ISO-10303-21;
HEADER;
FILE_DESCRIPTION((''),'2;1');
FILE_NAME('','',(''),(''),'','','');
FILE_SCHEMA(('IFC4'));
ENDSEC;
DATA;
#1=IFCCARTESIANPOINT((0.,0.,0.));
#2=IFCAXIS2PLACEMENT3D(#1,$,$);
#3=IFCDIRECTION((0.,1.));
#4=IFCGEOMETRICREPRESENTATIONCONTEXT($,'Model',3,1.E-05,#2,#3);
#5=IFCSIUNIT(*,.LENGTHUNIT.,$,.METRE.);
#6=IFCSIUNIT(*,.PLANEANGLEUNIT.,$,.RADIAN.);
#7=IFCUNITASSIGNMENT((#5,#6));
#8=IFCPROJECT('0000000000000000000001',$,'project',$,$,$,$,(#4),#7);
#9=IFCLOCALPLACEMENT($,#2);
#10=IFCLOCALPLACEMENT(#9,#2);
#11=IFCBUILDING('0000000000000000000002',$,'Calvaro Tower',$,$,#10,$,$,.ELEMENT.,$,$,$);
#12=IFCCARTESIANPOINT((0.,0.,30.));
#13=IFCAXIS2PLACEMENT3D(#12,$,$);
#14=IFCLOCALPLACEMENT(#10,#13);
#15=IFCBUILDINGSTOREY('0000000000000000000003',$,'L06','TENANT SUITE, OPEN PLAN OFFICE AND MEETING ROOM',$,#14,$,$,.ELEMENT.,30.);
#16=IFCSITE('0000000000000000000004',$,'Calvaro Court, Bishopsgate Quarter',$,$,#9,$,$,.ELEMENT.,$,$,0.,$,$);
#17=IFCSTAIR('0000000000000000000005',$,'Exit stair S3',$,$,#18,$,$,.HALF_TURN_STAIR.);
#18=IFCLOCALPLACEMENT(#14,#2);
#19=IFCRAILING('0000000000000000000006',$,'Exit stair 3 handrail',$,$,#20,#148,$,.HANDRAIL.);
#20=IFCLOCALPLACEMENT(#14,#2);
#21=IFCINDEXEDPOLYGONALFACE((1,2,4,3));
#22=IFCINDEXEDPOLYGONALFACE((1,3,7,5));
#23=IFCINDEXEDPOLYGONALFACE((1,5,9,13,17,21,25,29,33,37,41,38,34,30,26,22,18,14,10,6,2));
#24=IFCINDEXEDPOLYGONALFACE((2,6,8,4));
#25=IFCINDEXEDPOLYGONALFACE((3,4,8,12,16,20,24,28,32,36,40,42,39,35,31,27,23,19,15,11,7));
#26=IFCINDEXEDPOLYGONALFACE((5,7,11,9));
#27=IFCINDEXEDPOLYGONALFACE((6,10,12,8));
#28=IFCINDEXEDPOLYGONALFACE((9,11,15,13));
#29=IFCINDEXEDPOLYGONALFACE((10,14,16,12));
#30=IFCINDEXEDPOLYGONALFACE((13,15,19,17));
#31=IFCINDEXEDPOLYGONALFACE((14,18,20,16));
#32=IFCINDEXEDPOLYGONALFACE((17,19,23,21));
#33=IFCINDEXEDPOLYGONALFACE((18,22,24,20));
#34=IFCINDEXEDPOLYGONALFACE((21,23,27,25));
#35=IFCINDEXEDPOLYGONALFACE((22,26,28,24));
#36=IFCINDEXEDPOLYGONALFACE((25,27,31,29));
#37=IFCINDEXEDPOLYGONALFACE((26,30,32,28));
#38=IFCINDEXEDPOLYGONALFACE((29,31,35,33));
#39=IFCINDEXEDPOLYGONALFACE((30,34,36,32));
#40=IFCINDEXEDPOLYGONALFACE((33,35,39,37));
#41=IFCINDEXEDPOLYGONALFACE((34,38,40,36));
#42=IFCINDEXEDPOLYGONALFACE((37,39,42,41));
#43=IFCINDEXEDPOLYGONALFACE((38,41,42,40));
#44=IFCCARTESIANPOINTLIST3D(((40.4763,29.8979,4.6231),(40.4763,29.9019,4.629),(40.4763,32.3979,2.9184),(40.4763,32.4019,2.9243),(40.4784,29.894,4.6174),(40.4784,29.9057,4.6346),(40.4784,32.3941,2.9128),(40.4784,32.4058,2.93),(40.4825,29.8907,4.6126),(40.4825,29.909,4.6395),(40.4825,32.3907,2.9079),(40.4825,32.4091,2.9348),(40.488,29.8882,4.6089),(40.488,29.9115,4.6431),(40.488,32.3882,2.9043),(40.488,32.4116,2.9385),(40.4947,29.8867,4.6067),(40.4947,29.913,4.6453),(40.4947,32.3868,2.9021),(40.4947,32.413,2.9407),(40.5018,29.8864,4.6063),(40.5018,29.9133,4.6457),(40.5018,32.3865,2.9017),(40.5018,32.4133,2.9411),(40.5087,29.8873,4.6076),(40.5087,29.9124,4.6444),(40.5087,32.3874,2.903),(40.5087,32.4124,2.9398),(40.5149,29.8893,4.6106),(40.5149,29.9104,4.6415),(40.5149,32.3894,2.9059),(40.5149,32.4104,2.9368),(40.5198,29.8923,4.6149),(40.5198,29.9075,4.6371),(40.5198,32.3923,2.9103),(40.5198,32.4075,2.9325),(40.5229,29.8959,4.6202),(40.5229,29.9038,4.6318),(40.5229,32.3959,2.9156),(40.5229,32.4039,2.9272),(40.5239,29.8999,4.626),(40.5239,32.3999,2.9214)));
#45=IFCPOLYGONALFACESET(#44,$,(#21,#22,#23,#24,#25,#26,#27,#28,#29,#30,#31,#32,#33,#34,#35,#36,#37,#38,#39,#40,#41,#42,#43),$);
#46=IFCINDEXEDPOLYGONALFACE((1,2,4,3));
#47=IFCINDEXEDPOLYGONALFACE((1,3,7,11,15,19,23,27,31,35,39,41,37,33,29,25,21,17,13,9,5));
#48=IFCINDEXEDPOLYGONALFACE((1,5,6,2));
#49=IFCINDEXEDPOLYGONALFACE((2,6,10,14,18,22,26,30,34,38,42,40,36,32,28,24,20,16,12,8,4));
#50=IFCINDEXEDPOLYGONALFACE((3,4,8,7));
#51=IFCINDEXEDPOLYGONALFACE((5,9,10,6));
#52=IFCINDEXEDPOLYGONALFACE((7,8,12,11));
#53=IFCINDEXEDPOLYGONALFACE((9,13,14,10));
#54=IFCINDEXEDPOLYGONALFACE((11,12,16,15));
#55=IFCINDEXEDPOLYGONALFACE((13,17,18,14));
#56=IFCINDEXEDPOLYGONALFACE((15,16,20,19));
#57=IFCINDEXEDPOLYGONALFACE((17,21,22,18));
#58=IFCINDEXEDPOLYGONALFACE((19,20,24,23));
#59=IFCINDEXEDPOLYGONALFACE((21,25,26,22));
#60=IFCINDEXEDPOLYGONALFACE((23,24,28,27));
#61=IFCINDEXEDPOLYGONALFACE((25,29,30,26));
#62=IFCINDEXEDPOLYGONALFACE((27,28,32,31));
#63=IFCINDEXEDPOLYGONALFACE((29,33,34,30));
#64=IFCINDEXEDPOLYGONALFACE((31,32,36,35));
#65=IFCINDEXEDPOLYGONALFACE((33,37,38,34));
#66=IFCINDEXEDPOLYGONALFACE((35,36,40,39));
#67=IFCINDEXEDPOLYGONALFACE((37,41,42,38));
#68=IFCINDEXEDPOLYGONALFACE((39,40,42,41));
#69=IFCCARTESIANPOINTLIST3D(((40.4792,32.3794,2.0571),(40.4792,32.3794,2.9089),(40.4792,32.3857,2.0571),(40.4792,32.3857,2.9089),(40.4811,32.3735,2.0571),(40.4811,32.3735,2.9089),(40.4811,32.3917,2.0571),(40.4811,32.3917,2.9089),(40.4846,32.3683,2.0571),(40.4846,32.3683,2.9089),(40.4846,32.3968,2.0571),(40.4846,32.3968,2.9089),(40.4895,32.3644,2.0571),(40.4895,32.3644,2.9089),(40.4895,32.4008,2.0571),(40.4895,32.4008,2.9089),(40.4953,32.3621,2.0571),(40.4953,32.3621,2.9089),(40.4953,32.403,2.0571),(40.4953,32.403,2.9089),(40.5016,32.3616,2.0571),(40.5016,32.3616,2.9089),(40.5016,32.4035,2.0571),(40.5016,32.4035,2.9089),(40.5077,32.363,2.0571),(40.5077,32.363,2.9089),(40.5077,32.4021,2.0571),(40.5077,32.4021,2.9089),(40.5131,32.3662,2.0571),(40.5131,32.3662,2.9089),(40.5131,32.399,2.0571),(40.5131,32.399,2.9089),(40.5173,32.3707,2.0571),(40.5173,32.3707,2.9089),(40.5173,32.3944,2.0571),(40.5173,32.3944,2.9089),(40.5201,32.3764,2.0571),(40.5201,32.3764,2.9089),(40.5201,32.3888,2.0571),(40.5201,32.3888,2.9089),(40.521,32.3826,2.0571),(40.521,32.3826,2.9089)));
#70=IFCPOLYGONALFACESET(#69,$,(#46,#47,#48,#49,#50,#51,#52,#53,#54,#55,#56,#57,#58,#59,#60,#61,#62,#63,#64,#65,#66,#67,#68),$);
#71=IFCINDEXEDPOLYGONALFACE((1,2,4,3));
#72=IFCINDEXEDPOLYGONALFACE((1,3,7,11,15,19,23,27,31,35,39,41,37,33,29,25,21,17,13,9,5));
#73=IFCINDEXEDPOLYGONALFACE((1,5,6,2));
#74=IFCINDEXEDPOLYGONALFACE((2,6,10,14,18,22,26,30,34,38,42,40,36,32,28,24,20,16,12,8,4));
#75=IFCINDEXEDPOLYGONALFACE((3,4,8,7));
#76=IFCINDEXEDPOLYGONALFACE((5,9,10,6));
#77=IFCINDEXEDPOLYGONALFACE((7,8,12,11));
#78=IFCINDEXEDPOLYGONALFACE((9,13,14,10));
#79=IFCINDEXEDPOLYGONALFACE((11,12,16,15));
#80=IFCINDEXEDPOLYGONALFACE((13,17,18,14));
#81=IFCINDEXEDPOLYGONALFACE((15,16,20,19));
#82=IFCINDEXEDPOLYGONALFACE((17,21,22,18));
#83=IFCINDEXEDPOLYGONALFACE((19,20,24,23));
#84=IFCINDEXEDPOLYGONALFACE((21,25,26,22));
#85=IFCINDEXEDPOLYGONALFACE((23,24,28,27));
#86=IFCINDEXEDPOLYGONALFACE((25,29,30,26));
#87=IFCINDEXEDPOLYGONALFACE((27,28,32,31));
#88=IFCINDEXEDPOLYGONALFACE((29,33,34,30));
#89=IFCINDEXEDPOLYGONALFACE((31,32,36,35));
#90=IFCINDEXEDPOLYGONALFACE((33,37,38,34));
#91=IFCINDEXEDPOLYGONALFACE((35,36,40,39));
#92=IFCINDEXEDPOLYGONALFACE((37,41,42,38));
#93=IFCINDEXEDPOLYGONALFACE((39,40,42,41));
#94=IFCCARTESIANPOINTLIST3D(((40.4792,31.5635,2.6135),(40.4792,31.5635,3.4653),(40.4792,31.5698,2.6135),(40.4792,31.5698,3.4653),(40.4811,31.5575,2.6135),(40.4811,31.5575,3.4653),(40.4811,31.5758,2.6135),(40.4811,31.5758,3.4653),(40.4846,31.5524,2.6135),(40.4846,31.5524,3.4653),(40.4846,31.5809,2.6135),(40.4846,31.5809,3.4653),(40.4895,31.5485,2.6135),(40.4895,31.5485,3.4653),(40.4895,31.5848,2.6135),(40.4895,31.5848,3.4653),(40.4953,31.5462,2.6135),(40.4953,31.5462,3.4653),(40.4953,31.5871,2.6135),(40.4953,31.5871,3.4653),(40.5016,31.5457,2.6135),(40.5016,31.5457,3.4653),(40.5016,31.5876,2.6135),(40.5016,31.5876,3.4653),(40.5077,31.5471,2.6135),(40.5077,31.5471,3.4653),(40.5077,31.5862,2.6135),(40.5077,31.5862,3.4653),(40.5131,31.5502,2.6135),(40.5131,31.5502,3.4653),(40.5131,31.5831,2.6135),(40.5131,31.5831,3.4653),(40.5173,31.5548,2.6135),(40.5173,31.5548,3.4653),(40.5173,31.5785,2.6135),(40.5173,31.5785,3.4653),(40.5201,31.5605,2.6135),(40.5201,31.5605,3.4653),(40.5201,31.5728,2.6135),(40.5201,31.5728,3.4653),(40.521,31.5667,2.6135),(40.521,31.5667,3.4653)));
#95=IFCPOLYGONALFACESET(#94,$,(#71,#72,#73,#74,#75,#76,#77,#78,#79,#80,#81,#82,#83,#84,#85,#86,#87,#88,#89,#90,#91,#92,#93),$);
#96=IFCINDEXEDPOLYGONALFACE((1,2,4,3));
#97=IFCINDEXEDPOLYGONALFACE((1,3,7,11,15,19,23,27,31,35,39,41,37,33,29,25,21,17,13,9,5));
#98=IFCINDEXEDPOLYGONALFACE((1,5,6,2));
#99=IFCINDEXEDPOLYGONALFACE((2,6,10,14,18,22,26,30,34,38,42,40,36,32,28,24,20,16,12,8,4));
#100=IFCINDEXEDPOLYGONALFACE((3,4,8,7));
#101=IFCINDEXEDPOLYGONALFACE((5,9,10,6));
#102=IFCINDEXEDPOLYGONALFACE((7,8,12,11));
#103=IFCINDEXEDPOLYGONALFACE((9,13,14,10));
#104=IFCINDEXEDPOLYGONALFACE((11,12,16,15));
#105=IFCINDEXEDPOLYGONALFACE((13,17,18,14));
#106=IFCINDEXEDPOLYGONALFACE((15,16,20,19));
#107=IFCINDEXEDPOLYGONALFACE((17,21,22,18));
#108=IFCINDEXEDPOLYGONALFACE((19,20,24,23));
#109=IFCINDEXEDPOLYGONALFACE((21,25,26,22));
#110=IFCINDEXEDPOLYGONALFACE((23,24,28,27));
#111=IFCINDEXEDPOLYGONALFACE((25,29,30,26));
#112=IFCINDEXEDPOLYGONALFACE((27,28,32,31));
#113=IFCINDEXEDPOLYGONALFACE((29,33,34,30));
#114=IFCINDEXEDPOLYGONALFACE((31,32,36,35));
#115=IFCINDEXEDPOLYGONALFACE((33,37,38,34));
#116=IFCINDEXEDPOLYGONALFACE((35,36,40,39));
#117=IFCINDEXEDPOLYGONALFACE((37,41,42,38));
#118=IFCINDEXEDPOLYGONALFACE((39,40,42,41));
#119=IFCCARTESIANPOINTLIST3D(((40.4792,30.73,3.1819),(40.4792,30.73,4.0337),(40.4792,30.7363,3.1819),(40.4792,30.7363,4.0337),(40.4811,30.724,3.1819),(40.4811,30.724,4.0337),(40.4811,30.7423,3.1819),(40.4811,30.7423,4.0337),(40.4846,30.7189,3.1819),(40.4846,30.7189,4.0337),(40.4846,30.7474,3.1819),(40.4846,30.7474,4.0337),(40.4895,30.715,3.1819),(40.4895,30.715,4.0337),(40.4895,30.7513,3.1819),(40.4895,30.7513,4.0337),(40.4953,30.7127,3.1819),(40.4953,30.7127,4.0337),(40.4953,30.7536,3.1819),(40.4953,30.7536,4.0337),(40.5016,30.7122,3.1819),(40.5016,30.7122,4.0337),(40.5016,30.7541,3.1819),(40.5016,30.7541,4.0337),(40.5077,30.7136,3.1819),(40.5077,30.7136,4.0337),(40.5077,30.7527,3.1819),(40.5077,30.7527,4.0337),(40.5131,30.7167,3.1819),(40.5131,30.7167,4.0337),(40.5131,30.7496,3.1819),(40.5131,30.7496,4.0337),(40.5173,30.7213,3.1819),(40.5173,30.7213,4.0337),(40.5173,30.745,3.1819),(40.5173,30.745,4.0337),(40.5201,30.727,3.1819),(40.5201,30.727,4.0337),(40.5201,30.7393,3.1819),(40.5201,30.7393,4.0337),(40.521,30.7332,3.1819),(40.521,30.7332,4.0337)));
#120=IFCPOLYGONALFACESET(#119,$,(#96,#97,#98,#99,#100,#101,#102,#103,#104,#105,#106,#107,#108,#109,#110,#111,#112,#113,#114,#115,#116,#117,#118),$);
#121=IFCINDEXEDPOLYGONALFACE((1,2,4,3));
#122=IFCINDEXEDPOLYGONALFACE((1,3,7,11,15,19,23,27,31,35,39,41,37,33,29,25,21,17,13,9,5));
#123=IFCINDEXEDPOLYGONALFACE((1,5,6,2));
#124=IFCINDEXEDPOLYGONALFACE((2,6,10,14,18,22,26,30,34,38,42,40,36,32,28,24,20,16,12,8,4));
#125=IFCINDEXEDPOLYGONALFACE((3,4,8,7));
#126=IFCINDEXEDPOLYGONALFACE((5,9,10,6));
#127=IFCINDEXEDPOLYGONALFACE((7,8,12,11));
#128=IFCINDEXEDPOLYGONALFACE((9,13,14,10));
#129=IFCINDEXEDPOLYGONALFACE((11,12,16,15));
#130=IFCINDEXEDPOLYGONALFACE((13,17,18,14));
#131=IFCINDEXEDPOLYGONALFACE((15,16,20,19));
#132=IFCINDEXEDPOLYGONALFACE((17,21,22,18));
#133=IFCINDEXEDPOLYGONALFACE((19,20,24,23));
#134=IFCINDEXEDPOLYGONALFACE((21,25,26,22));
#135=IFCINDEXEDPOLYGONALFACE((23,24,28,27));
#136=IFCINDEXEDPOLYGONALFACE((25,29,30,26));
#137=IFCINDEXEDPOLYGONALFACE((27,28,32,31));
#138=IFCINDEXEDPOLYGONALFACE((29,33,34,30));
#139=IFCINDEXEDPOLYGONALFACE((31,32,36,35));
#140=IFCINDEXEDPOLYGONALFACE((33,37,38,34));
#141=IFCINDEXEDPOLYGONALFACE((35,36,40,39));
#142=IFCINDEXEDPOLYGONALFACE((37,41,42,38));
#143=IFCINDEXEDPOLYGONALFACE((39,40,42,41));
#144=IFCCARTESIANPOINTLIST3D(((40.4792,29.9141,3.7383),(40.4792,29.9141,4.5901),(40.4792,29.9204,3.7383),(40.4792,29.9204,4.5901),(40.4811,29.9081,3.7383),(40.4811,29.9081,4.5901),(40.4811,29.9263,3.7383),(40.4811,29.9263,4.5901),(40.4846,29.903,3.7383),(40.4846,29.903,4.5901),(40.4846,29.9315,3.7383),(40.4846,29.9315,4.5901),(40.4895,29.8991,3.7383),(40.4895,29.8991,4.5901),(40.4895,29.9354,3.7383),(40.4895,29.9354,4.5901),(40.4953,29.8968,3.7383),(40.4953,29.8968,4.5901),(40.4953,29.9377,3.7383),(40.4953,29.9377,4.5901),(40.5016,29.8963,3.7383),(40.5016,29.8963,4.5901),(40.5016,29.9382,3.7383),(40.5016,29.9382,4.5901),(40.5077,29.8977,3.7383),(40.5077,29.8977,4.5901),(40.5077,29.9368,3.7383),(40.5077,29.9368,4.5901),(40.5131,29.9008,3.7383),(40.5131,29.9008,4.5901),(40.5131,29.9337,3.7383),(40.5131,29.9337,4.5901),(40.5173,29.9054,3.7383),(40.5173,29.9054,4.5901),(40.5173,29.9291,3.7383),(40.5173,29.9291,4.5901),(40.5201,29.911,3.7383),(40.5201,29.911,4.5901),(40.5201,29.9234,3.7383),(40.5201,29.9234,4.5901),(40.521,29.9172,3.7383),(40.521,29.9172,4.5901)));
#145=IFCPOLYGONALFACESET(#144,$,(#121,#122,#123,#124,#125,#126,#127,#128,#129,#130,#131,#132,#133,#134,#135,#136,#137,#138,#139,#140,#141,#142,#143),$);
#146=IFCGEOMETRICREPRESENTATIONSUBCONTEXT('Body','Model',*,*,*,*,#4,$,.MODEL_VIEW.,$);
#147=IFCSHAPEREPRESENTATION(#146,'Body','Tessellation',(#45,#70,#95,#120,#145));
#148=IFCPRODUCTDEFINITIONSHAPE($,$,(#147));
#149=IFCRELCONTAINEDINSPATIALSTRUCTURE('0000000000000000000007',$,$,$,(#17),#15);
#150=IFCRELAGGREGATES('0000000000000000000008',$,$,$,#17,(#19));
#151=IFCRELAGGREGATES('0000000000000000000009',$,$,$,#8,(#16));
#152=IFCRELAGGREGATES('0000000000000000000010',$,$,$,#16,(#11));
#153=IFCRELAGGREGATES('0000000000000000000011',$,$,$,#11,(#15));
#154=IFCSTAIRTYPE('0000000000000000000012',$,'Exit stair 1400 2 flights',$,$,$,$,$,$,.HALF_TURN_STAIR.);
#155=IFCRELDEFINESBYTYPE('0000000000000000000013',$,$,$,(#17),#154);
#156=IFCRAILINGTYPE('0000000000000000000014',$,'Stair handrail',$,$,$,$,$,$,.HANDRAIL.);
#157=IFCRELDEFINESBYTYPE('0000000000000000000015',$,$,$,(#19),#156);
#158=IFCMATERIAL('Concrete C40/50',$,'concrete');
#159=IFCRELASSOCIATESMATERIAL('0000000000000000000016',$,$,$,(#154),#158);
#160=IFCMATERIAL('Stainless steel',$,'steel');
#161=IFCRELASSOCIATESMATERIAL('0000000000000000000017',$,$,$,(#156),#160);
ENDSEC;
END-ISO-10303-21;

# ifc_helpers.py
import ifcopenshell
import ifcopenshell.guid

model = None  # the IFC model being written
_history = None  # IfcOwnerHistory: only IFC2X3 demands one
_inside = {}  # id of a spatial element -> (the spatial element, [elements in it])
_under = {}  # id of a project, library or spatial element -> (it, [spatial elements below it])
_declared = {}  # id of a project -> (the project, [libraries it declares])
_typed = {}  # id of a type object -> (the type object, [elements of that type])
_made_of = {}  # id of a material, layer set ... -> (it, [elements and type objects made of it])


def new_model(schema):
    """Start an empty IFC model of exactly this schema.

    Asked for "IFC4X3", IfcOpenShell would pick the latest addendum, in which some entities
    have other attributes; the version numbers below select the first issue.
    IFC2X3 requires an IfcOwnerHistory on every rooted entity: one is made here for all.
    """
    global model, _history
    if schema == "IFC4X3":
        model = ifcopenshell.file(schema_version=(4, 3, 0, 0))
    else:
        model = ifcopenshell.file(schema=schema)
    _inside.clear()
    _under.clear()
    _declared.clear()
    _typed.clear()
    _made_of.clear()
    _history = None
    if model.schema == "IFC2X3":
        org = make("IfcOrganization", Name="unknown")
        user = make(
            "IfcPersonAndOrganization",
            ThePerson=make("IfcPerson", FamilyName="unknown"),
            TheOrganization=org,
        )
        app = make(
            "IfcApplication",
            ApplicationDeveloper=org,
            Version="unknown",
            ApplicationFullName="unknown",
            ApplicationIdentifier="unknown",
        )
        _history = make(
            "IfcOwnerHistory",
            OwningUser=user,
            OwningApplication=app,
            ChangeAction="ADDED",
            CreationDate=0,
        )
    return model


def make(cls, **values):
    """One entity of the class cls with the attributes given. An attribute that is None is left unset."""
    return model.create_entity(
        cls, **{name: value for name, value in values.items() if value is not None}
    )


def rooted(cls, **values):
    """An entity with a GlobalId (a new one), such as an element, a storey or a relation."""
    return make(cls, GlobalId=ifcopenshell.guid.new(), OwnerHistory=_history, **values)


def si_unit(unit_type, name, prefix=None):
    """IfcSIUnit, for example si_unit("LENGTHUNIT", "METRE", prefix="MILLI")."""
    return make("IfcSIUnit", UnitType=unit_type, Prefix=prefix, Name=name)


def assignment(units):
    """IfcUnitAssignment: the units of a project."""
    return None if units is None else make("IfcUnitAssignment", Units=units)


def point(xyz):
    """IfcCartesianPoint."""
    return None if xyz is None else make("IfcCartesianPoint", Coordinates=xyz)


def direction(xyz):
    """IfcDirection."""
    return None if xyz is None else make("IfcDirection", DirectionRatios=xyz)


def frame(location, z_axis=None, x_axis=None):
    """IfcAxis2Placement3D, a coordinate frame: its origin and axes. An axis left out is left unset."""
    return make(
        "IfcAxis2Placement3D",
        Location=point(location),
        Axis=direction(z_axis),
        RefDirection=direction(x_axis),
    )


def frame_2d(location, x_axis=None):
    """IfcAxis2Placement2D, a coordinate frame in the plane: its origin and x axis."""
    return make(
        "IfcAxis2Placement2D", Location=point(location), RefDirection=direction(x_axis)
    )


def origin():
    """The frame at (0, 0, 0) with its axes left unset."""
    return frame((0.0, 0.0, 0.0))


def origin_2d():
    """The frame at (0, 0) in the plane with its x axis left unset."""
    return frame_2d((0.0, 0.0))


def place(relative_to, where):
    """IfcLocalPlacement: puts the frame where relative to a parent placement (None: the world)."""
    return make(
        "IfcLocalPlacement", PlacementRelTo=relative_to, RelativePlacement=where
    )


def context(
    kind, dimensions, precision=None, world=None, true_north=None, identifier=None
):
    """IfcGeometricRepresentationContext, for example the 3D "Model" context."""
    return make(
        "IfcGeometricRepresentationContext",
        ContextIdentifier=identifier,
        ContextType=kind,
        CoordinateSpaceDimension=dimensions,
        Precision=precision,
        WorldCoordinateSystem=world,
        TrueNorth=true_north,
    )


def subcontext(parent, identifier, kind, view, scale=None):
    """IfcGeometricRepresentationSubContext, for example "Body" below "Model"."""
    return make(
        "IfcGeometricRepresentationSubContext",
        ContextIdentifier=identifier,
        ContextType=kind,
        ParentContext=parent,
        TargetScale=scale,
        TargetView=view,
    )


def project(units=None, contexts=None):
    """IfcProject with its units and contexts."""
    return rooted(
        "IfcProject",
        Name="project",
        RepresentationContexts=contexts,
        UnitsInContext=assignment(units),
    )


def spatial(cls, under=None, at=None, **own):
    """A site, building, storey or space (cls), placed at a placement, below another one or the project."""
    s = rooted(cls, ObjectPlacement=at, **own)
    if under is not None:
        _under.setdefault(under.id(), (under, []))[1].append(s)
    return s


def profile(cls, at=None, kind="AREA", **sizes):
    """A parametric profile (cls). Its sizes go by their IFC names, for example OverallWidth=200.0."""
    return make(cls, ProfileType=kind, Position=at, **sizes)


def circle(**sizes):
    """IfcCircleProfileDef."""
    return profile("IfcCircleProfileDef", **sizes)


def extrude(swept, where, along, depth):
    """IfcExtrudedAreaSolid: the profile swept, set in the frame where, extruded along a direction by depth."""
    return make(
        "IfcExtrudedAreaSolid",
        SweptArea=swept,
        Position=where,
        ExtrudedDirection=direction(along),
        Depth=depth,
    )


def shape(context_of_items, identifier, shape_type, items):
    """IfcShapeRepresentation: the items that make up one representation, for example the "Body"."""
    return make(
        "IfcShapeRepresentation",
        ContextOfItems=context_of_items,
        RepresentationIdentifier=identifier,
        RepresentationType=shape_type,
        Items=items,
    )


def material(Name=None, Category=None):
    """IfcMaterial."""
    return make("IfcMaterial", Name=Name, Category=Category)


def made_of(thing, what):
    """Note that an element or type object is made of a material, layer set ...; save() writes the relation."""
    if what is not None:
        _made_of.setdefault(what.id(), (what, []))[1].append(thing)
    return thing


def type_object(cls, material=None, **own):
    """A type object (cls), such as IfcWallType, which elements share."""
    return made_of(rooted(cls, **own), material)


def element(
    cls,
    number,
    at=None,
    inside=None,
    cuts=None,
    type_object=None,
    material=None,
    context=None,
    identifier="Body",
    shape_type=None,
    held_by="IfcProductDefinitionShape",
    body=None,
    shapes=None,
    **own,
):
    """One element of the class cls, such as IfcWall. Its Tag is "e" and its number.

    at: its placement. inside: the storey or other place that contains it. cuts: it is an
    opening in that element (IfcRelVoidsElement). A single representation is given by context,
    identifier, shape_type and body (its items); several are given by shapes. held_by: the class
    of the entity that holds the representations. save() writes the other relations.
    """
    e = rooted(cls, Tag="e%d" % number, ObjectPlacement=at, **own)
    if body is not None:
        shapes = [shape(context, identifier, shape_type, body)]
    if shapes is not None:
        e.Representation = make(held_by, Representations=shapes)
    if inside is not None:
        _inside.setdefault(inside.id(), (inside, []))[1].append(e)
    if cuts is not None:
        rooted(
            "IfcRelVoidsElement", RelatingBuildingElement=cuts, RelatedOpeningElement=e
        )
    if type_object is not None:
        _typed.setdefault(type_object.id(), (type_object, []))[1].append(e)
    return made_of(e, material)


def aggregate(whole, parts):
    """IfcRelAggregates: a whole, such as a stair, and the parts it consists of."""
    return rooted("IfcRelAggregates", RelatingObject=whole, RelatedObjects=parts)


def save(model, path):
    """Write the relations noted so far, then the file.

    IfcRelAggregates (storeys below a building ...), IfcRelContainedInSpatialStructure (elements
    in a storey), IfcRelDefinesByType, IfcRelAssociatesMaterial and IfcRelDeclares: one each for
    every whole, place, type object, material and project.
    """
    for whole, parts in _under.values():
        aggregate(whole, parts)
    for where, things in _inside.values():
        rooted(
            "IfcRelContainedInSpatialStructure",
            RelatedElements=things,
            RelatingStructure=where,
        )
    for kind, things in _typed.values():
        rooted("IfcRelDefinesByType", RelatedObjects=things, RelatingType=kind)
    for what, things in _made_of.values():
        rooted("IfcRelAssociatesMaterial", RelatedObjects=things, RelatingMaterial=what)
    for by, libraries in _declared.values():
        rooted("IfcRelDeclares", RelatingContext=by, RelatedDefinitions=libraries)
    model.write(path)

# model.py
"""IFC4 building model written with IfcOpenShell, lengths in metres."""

from ifc_helpers import new_model, si_unit, direction, frame, origin, origin_2d, place, context, subcontext, project, spatial, circle, extrude, material, type_object, element, aggregate, save


model = new_model("IFC4")

# Units and contexts
model_context = context("Model", 3, precision=1e-05, world=origin(), true_north=direction((0.0, 1.0)))
body_context = subcontext(model_context, "Body", "Model", "MODEL_VIEW")
ifc_project = project(units=[si_unit("LENGTHUNIT", "METRE"), si_unit("PLANEANGLEUNIT", "RADIAN")], contexts=[model_context])

# Site, building, storey
site_placement = place(None, origin())
site = spatial("IfcSite", under=ifc_project, at=site_placement, Name="Calvaro Court, Bishopsgate Quarter", CompositionType="ELEMENT", RefElevation=0.0)
building_placement = place(site_placement, origin())
building = spatial("IfcBuilding", under=site, at=building_placement, Name="Calvaro Tower", CompositionType="ELEMENT")
storey_placement = place(building_placement, frame((0.0, 0.0, 30.0)))
storey = spatial("IfcBuildingStorey", under=building, at=storey_placement, Name="L06", Description="TENANT SUITE, OPEN PLAN OFFICE AND MEETING ROOM", CompositionType="ELEMENT", Elevation=30.0)

# Stair
ifc_material_1 = material(Name="Concrete C40/50", Category="concrete")
stair_type = type_object("IfcStairType", Name="Exit stair 1400 2 flights", PredefinedType="HALF_TURN_STAIR", material=ifc_material_1)
stair_1_placement = place(storey_placement, origin())
stair_1 = element("IfcStair", 1, at=stair_1_placement, inside=storey, type_object=stair_type, Name="Exit stair S3", PredefinedType="HALF_TURN_STAIR")

# Railing
ifc_material_2 = material(Name="Stainless steel", Category="steel")
railing_type = type_object("IfcRailingType", Name="Stair handrail", PredefinedType="HANDRAIL", material=ifc_material_2)
railing_1_placement = place(storey_placement, frame((40.5, 32.3999, 2.0454)))
railing_1 = element("IfcRailing", 2, at=railing_1_placement, type_object=railing_type, Name="Exit stair 3 handrail", PredefinedType="HANDRAIL", context=body_context, shape_type="SweptSolid", body=[
    extrude(circle(Radius=0.0239, at=origin_2d()), frame((0.0, 0.0, 0.876), z_axis=(0.0, -0.826221, 0.563347), x_axis=(1.0, 0.0, 0.0)), (0.0, 0.0, 1.0), 3.0259),
    extrude(circle(Radius=0.021, at=origin_2d()), frame((0.0, -0.0173, 0.0117)), (0.0, 0.0, 1.0), 0.8518),
    extrude(circle(Radius=0.021, at=origin_2d()), frame((0.0, -0.8333, 0.5681)), (0.0, 0.0, 1.0), 0.8518),
    extrude(circle(Radius=0.021, at=origin_2d()), frame((0.0, -1.6667, 1.1365)), (0.0, 0.0, 1.0), 0.8518),
    extrude(circle(Radius=0.021, at=origin_2d()), frame((0.0, -2.4827, 1.6929)), (0.0, 0.0, 1.0), 0.8518),
])
aggregate(stair_1, [railing_1])

save(model, "model.ifc")
